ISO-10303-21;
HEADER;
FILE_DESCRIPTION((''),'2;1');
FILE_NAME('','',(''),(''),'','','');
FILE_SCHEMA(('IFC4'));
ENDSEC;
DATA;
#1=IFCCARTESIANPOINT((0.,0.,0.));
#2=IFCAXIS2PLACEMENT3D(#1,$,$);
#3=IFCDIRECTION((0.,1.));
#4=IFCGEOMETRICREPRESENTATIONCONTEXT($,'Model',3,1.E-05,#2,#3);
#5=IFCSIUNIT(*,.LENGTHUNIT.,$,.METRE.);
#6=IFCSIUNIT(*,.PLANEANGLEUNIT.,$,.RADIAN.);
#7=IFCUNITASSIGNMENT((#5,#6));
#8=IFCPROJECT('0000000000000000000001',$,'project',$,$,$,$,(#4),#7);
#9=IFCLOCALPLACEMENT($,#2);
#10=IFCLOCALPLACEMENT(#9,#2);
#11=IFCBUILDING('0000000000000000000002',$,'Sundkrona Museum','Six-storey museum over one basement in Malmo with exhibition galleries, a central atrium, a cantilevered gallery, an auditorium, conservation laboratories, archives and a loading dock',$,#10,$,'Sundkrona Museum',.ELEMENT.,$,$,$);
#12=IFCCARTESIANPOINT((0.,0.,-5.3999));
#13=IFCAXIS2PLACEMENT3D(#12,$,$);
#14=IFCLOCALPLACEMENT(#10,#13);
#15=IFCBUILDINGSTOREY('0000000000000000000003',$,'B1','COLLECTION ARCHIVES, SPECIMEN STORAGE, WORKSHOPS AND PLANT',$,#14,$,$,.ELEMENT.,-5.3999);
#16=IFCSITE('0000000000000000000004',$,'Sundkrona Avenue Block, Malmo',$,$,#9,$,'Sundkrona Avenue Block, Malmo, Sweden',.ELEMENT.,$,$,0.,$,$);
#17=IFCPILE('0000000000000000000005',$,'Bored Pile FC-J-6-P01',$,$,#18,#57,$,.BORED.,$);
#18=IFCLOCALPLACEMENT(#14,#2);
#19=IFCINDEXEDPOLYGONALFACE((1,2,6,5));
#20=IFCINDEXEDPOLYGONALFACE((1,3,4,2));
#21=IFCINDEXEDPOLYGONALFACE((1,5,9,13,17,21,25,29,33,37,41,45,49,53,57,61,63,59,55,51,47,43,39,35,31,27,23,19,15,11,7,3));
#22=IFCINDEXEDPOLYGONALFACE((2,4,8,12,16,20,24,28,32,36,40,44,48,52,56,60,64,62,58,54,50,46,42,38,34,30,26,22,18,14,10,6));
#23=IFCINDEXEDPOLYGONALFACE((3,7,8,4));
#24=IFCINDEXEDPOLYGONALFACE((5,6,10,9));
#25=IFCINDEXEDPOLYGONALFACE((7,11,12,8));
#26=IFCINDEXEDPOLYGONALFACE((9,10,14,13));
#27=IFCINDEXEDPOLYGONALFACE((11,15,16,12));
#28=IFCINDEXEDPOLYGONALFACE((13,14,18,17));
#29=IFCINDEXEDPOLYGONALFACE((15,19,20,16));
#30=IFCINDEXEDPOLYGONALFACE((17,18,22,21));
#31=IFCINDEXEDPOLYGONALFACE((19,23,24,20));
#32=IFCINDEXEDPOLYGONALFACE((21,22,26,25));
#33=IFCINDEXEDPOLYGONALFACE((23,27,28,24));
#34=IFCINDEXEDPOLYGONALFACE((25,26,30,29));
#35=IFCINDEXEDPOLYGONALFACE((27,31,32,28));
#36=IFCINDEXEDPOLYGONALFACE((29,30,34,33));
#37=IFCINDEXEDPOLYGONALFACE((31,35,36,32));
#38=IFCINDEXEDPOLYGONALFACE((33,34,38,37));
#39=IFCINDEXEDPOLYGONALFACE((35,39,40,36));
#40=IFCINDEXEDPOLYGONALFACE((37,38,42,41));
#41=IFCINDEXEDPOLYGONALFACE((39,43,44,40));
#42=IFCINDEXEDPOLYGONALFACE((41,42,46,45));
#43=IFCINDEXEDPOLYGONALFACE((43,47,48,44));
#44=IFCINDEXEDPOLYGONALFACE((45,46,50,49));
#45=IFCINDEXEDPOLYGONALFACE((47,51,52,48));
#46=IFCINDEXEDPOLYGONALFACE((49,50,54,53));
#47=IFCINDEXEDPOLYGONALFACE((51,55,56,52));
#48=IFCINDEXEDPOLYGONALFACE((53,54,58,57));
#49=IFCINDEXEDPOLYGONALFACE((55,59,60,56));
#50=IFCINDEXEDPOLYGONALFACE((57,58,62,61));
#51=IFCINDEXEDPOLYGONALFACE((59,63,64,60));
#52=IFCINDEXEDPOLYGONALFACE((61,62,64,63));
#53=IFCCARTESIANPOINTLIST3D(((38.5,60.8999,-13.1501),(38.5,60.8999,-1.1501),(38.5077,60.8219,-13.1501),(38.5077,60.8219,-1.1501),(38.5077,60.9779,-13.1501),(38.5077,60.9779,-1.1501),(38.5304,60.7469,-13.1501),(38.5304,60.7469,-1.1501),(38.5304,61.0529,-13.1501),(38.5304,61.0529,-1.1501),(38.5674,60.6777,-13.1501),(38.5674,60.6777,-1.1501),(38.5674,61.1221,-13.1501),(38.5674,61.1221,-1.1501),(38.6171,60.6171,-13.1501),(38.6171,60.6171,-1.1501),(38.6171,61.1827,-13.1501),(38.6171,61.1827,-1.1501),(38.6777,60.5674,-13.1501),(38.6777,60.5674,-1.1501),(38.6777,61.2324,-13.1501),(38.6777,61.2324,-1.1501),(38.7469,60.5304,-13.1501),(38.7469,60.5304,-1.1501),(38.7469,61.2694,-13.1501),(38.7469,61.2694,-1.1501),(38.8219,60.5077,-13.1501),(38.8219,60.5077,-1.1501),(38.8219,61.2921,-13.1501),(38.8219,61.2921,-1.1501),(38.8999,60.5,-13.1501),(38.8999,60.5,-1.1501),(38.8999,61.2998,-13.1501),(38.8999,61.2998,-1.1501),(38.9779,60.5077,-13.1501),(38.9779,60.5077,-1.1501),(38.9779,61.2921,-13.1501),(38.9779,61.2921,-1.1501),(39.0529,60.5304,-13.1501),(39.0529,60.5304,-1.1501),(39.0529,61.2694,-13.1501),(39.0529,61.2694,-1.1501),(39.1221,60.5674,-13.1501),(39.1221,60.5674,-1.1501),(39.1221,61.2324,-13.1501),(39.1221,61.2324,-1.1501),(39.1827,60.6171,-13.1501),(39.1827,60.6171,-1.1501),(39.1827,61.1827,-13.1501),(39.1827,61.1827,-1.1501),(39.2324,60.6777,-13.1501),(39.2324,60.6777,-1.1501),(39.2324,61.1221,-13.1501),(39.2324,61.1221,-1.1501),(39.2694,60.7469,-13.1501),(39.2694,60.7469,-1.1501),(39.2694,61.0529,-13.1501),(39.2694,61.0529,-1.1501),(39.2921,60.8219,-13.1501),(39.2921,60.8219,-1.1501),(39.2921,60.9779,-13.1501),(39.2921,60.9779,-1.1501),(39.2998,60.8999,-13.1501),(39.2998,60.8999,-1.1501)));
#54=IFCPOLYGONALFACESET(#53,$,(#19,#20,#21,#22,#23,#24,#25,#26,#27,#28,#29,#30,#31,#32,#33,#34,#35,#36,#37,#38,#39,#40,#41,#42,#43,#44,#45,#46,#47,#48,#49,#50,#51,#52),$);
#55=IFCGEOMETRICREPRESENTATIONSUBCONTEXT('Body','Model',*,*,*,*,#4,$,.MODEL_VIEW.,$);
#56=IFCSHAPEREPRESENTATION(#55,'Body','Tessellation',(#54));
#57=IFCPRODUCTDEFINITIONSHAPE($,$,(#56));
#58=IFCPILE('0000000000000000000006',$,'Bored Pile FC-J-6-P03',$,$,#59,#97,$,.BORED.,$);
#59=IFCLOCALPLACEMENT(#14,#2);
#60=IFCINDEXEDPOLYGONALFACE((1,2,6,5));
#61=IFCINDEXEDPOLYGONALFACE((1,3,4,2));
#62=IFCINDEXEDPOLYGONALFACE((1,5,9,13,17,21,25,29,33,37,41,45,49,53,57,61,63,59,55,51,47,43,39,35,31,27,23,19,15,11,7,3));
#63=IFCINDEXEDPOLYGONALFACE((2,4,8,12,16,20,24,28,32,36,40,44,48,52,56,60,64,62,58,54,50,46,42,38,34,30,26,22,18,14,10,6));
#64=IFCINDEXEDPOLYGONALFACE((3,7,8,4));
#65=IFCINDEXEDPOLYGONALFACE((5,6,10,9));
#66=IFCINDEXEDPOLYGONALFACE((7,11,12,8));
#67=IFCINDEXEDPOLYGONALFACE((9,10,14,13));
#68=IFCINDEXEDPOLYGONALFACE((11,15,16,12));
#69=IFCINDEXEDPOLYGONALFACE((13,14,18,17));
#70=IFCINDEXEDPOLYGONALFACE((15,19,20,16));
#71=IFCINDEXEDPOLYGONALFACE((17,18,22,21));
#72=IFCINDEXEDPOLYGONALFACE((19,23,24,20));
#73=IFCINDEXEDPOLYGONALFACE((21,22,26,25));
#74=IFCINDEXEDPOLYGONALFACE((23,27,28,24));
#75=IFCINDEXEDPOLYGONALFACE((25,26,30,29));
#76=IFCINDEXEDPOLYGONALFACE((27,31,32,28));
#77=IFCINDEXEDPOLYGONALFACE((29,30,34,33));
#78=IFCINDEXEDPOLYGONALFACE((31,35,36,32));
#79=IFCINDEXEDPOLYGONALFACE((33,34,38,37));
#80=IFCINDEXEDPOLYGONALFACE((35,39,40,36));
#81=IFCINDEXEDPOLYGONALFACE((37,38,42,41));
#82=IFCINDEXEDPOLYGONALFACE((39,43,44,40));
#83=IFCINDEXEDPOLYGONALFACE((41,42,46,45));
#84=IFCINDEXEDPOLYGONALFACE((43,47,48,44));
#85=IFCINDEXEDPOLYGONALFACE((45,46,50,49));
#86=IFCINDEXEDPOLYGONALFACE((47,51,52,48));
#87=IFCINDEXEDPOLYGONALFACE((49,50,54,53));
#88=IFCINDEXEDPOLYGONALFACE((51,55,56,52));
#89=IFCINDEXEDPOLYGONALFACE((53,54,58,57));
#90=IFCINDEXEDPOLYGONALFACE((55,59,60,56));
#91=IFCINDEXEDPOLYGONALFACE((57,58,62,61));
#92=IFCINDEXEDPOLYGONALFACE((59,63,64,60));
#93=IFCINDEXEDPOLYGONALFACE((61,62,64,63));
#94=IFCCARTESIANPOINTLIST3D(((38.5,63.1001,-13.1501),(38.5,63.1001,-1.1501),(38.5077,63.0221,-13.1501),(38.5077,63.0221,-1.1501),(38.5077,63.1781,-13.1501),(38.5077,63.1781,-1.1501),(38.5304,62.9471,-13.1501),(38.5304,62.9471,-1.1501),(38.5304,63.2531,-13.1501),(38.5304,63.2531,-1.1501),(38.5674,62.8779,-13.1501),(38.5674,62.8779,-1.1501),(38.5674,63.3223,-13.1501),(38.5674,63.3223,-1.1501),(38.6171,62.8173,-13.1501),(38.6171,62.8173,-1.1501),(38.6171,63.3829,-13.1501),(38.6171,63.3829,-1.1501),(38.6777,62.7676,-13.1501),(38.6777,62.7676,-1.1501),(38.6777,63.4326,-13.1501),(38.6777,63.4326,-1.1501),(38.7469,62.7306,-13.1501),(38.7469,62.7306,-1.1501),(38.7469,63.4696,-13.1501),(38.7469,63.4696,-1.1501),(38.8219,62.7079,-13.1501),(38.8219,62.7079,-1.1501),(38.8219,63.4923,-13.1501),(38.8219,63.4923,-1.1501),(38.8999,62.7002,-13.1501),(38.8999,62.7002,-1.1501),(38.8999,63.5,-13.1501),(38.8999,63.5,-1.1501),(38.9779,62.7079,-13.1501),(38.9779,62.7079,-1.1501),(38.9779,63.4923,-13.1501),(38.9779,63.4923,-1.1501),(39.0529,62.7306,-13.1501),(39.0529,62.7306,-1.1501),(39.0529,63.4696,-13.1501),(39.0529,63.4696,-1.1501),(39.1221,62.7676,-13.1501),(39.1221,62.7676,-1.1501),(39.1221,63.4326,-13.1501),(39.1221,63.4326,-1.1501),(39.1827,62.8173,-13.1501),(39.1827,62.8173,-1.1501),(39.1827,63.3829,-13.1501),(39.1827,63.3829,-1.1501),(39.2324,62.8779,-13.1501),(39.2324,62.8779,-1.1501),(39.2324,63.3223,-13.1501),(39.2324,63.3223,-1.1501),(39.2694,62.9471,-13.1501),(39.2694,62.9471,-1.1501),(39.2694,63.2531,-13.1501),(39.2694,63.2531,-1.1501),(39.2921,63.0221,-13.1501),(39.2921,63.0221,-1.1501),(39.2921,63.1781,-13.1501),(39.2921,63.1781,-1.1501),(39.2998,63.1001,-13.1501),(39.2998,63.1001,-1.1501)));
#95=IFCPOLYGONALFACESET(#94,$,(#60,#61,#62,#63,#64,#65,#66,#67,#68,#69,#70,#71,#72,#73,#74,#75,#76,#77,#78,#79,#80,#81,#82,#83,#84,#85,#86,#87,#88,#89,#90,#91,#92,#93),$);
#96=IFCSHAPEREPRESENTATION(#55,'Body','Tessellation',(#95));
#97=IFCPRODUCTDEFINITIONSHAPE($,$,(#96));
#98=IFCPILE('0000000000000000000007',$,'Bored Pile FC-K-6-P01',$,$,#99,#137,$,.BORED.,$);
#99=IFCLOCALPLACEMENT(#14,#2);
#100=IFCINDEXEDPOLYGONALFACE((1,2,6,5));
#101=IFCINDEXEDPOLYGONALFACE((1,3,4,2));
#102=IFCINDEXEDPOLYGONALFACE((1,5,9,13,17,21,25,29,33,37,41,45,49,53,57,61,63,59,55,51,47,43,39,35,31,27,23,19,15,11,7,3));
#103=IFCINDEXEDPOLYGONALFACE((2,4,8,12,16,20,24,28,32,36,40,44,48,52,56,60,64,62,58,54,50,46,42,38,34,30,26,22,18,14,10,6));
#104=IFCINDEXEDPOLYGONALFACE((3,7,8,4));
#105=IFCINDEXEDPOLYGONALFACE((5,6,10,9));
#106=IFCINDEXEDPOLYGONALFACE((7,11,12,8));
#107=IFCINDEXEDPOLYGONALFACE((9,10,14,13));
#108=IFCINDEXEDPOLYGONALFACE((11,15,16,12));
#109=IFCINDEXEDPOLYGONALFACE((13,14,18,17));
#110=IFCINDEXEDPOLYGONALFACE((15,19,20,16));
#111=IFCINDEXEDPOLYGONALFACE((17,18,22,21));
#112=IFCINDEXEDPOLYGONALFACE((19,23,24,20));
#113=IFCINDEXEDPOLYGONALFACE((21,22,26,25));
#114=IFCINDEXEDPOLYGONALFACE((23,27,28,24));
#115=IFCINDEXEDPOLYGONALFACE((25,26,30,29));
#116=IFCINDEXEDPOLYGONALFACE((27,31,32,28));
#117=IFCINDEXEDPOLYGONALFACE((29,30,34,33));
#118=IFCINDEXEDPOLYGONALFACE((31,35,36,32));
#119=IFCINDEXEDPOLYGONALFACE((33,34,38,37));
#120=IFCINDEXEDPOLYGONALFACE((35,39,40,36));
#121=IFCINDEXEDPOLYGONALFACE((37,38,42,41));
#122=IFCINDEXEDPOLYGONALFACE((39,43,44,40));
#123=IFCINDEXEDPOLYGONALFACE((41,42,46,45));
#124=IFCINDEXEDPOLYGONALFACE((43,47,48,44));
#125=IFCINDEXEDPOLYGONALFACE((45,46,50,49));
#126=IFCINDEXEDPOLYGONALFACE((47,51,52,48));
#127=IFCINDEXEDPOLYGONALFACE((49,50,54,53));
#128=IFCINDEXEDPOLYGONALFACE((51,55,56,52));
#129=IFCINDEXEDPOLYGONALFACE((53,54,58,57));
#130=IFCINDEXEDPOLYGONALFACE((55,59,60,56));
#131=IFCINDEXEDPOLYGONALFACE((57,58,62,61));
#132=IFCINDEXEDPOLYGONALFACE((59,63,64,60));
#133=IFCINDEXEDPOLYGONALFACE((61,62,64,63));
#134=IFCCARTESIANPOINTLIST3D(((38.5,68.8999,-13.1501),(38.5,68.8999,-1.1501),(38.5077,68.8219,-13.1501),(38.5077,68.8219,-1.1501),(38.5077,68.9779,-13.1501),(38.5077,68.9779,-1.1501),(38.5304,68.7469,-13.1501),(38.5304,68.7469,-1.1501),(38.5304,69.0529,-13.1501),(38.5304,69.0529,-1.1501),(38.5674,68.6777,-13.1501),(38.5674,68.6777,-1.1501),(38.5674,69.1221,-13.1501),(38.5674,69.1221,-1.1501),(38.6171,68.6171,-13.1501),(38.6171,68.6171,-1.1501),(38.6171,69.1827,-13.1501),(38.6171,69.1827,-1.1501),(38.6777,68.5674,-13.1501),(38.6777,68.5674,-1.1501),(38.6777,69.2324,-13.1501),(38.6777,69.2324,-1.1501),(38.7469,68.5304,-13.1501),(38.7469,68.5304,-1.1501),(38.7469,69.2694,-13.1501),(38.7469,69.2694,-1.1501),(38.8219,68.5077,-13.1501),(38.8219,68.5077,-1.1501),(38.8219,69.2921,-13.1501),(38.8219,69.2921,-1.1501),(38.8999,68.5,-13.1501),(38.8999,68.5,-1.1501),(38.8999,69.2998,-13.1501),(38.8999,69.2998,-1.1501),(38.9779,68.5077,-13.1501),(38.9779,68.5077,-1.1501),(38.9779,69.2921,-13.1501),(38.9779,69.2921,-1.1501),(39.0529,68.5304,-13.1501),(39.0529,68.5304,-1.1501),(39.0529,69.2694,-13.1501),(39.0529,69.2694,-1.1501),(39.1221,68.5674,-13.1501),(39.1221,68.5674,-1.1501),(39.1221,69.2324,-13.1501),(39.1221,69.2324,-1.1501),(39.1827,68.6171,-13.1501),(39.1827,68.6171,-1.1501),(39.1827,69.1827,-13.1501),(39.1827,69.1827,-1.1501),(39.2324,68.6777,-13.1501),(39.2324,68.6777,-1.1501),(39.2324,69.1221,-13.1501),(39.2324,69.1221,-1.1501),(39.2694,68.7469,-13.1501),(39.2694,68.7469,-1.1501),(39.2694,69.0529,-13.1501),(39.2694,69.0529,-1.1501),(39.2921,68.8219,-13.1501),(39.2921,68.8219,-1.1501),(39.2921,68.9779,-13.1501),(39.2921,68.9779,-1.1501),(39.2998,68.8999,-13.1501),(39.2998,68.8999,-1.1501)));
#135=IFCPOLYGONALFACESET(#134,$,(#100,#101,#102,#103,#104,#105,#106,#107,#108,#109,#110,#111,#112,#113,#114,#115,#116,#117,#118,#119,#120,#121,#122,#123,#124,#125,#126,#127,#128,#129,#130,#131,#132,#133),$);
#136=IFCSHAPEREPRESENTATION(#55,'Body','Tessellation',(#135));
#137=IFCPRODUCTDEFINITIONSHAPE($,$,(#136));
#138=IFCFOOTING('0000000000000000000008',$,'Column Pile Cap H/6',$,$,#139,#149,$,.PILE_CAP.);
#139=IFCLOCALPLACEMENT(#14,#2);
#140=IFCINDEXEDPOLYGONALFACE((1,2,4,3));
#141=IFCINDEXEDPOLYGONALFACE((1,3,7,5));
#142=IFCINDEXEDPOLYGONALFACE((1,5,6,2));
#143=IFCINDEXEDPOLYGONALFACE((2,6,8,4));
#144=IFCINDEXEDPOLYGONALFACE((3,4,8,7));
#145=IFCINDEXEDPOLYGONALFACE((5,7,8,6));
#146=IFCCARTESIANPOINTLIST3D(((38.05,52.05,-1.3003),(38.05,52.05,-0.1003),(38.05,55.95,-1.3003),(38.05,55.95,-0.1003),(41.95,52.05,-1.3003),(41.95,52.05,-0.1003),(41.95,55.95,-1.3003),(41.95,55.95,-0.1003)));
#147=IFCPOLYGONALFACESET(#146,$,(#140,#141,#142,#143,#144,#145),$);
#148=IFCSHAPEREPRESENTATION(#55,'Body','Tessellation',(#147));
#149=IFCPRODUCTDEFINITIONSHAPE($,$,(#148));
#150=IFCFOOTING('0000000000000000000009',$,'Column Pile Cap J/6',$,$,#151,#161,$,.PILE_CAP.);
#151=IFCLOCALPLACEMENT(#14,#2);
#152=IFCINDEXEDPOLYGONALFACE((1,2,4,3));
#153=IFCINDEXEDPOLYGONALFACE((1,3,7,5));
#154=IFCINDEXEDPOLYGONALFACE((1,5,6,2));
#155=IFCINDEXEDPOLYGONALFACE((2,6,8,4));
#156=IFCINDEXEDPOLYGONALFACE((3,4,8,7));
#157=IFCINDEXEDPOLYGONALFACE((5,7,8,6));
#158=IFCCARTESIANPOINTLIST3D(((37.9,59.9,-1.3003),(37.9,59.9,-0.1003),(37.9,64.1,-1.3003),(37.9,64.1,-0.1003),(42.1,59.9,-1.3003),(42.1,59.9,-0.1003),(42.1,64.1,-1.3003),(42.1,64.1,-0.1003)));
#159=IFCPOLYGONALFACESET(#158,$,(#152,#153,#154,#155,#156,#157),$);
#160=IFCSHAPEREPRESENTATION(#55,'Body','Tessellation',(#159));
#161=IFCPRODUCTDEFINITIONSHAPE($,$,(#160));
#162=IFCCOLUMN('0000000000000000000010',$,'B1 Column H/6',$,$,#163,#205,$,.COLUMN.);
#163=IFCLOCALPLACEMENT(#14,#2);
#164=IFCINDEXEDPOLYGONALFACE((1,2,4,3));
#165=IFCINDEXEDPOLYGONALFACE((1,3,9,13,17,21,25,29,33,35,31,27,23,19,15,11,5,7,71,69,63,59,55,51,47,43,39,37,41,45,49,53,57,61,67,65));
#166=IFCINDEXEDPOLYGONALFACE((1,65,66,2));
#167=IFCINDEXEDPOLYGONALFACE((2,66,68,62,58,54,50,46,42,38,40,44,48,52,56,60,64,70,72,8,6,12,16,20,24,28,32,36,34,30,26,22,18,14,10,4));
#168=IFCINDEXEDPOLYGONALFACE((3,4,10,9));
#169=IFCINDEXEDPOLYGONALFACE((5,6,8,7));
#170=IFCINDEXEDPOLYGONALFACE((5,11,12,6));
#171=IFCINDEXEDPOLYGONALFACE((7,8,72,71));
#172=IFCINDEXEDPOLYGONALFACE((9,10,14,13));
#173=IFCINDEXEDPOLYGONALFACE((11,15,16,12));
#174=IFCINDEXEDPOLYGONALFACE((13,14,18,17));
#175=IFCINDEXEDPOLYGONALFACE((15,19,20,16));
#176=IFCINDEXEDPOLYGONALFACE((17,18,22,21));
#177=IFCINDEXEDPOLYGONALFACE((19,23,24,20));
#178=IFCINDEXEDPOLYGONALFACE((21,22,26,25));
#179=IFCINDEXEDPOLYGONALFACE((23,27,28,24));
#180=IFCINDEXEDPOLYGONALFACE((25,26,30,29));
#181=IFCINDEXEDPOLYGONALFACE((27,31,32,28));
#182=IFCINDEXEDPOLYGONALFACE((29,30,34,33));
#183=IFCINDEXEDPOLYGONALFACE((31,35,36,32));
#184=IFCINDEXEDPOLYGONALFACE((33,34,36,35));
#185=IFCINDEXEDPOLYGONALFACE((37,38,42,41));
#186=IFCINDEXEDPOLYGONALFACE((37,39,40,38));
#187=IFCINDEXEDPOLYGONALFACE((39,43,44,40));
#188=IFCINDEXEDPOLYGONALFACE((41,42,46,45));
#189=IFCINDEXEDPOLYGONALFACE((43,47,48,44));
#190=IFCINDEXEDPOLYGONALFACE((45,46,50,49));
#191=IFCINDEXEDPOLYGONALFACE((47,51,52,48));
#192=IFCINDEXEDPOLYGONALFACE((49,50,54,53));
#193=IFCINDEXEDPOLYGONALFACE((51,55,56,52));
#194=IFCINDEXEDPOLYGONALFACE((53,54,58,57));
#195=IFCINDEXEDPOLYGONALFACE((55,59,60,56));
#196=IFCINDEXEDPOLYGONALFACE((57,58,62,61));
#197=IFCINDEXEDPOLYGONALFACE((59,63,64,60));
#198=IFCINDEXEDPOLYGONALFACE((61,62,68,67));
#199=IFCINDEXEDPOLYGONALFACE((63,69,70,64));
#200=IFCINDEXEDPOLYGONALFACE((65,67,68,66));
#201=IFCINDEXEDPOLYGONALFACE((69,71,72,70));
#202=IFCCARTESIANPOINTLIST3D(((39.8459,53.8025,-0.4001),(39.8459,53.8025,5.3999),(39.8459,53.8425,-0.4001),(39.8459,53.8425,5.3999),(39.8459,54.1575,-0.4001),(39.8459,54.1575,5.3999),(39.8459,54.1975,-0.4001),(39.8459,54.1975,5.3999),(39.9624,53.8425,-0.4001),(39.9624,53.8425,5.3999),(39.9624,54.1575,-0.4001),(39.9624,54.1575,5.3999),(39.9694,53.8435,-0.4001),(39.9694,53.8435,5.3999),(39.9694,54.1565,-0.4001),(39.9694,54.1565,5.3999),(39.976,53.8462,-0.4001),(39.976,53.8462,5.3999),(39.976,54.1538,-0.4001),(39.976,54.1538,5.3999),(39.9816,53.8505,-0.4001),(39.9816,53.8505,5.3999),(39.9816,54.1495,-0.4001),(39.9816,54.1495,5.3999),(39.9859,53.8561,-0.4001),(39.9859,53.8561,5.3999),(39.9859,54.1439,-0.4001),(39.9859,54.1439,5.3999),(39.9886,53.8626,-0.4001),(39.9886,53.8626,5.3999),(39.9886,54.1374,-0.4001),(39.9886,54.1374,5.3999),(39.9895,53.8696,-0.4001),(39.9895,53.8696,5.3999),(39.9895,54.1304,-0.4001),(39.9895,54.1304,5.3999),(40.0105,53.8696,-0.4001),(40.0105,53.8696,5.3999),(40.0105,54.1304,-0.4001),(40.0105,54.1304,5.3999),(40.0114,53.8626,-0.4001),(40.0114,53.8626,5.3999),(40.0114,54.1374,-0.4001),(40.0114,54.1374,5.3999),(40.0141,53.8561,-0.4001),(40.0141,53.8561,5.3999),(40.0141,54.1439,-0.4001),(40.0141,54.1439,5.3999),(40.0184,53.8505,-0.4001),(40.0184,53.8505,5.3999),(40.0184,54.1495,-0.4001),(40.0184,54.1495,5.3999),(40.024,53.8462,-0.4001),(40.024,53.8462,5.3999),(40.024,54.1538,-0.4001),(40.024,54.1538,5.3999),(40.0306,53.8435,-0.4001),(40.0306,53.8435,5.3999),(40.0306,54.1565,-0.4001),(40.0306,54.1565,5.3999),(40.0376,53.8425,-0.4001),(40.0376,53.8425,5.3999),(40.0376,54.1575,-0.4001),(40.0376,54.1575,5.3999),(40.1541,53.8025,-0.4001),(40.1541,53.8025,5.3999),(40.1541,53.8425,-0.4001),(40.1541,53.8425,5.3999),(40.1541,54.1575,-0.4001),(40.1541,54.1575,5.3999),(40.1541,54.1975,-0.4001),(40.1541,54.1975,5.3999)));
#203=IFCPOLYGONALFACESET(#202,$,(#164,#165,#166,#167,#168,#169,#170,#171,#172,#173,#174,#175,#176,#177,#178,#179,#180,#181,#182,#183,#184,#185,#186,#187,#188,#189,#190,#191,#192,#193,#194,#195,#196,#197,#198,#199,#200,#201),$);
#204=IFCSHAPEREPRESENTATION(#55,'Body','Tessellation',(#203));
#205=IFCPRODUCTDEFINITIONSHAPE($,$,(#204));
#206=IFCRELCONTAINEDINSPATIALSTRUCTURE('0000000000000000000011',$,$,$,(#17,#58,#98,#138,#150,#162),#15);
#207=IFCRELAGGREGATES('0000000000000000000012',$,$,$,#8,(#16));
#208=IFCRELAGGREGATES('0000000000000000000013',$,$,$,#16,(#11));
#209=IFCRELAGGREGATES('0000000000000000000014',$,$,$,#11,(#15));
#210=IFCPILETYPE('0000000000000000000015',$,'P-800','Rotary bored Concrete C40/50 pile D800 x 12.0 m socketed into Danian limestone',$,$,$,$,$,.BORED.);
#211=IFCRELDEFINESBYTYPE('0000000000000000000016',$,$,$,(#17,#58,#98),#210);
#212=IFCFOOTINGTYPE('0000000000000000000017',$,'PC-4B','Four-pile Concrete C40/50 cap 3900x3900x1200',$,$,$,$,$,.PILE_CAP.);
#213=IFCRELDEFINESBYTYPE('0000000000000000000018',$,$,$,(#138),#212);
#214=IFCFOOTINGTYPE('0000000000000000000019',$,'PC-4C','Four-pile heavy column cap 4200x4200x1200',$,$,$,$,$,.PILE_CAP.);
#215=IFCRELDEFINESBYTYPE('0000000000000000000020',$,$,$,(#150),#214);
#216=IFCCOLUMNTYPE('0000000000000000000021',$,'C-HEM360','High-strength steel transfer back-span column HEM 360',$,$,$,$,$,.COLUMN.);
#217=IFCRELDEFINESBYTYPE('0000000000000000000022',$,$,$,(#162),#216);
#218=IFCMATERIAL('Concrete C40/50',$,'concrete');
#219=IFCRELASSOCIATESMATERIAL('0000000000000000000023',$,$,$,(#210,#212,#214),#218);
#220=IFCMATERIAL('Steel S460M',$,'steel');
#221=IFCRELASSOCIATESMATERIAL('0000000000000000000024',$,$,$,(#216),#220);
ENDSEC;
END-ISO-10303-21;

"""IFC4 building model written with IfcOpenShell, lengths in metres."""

from ifc_helpers import new_model, si_unit, direction, frame, origin, origin_2d, place, context, subcontext, project, spatial, rectangle, circle, i_section, extrude, material, material_profile, profile_set, type_object, element, save


model = new_model("IFC4")

# Units and contexts
model_context = context("Model", 3, precision=1e-05, world=origin(), true_north=direction((0.0, 1.0)))
body_context = subcontext(model_context, "Body", "Model", "MODEL_VIEW")
ifc_project = project(units=[si_unit("LENGTHUNIT", "METRE"), si_unit("PLANEANGLEUNIT", "RADIAN")], contexts=[model_context])

# Site, building, storey
site_placement = place(None, origin())
site = spatial("IfcSite", under=ifc_project, at=site_placement, Name="Sundkrona Avenue Block, Malmo", LongName="Sundkrona Avenue Block, Malmo, Sweden", CompositionType="ELEMENT", RefElevation=0.0)
building_placement = place(site_placement, origin())
building = spatial("IfcBuilding", under=site, at=building_placement, Name="Sundkrona Museum", Description="Six-storey museum over one basement in Malmo with exhibition galleries, a central atrium, a cantilevered gallery, an auditorium, conservation laboratories, archives and a loading dock", LongName="Sundkrona Museum", CompositionType="ELEMENT")
storey_placement = place(building_placement, frame((0.0, 0.0, -5.3999)))
storey = spatial("IfcBuildingStorey", under=building, at=storey_placement, Name="B1", Description="COLLECTION ARCHIVES, SPECIMEN STORAGE, WORKSHOPS AND PLANT", CompositionType="ELEMENT", Elevation=-5.3999)

# Shared definitions
ifc_material_1 = material(Name="Concrete C40/50", Category="concrete")

# Piles
ifc_material_profile_1 = material_profile(ifc_material_1, circle(Radius=0.3999, at=origin_2d()), Name="PILE D800")
ifc_profile_set_1 = profile_set([ifc_material_profile_1], Name="Concrete C40/50")
pile_type = type_object("IfcPileType", Name="P-800", Description="Rotary bored Concrete C40/50 pile D800 x 12.0 m socketed into Danian limestone", PredefinedType="BORED", material=ifc_profile_set_1)
for number, where, z_axis, x_axis, name in (
    (1, (38.8999, 60.8999, -1.1501), (0.0, 0.0, -1.0), (1.0, 0.0, 0.0), "Bored Pile FC-J-6-P01"),
    (2, (38.8999, 63.1001, -1.1501), (0.0, 0.0, -1.0), (1.0, 0.0, 0.0), "Bored Pile FC-J-6-P03"),
    (3, (38.8999, 68.8999, -1.1501), (0.0, 0.0, -1.0), (1.0, 0.0, 0.0), "Bored Pile FC-K-6-P01"),
):
    element("IfcPile", number, at=place(storey_placement, frame(where, z_axis=z_axis, x_axis=x_axis)), inside=storey, type_object=pile_type, Name=name, PredefinedType="BORED", context=body_context, shape_type="SweptSolid", body=[
        extrude(circle(Radius=0.3999, at=origin_2d()), origin(), (0.0, 0.0, 1.0), 12.0),
    ])

# Footings
footing_type_1 = type_object("IfcFootingType", Name="PC-4B", Description="Four-pile Concrete C40/50 cap 3900x3900x1200", PredefinedType="PILE_CAP", material=ifc_material_1)
footing_1_placement = place(storey_placement, frame((40.0, 54.0, -1.3003), z_axis=(0.0, 0.0, 1.0), x_axis=(1.0, 0.0, 0.0)))
element("IfcFooting", 4, at=footing_1_placement, inside=storey, type_object=footing_type_1, Name="Column Pile Cap H/6", PredefinedType="PILE_CAP", context=body_context, shape_type="SweptSolid", body=[
    extrude(rectangle(XDim=3.8999, YDim=3.8999, at=origin_2d()), origin(), (0.0, 0.0, 1.0), 1.2),
])
footing_type_2 = type_object("IfcFootingType", Name="PC-4C", Description="Four-pile heavy column cap 4200x4200x1200", PredefinedType="PILE_CAP", material=ifc_material_1)
footing_2_placement = place(storey_placement, frame((40.0, 62.0, -1.3003), z_axis=(0.0, 0.0, 1.0), x_axis=(1.0, 0.0, 0.0)))
element("IfcFooting", 5, at=footing_2_placement, inside=storey, type_object=footing_type_2, Name="Column Pile Cap J/6", PredefinedType="PILE_CAP", context=body_context, shape_type="SweptSolid", body=[
    extrude(rectangle(XDim=4.2, YDim=4.2, at=origin_2d()), origin(), (0.0, 0.0, 1.0), 1.2),
])

# Column
ifc_material_2 = material(Name="Steel S460M", Category="steel")
ifc_material_profile_2 = material_profile(ifc_material_2, i_section(OverallWidth=0.3081, OverallDepth=0.395, WebThickness=0.021, FlangeThickness=0.04, FilletRadius=0.0271, at=origin_2d()), Name="HEM 360")
ifc_profile_set_2 = profile_set([ifc_material_profile_2], Name="Steel S460M")
column_type_1 = type_object("IfcColumnType", Name="C-HEM360", Description="High-strength steel transfer back-span column HEM 360", PredefinedType="COLUMN", material=ifc_profile_set_2)
column_1_placement = place(storey_placement, frame((40.0, 54.0, -0.4001), z_axis=(0.0, 0.0, 1.0), x_axis=(1.0, 0.0, 0.0)))
element("IfcColumn", 6, at=column_1_placement, inside=storey, type_object=column_type_1, Name="B1 Column H/6", PredefinedType="COLUMN", context=body_context, shape_type="SweptSolid", body=[
    extrude(i_section(OverallWidth=0.3081, OverallDepth=0.395, WebThickness=0.021, FlangeThickness=0.04, FilletRadius=0.0271, at=origin_2d()), origin(), (0.0, 0.0, 1.0), 5.8),
])

save(model, "model.ifc")
